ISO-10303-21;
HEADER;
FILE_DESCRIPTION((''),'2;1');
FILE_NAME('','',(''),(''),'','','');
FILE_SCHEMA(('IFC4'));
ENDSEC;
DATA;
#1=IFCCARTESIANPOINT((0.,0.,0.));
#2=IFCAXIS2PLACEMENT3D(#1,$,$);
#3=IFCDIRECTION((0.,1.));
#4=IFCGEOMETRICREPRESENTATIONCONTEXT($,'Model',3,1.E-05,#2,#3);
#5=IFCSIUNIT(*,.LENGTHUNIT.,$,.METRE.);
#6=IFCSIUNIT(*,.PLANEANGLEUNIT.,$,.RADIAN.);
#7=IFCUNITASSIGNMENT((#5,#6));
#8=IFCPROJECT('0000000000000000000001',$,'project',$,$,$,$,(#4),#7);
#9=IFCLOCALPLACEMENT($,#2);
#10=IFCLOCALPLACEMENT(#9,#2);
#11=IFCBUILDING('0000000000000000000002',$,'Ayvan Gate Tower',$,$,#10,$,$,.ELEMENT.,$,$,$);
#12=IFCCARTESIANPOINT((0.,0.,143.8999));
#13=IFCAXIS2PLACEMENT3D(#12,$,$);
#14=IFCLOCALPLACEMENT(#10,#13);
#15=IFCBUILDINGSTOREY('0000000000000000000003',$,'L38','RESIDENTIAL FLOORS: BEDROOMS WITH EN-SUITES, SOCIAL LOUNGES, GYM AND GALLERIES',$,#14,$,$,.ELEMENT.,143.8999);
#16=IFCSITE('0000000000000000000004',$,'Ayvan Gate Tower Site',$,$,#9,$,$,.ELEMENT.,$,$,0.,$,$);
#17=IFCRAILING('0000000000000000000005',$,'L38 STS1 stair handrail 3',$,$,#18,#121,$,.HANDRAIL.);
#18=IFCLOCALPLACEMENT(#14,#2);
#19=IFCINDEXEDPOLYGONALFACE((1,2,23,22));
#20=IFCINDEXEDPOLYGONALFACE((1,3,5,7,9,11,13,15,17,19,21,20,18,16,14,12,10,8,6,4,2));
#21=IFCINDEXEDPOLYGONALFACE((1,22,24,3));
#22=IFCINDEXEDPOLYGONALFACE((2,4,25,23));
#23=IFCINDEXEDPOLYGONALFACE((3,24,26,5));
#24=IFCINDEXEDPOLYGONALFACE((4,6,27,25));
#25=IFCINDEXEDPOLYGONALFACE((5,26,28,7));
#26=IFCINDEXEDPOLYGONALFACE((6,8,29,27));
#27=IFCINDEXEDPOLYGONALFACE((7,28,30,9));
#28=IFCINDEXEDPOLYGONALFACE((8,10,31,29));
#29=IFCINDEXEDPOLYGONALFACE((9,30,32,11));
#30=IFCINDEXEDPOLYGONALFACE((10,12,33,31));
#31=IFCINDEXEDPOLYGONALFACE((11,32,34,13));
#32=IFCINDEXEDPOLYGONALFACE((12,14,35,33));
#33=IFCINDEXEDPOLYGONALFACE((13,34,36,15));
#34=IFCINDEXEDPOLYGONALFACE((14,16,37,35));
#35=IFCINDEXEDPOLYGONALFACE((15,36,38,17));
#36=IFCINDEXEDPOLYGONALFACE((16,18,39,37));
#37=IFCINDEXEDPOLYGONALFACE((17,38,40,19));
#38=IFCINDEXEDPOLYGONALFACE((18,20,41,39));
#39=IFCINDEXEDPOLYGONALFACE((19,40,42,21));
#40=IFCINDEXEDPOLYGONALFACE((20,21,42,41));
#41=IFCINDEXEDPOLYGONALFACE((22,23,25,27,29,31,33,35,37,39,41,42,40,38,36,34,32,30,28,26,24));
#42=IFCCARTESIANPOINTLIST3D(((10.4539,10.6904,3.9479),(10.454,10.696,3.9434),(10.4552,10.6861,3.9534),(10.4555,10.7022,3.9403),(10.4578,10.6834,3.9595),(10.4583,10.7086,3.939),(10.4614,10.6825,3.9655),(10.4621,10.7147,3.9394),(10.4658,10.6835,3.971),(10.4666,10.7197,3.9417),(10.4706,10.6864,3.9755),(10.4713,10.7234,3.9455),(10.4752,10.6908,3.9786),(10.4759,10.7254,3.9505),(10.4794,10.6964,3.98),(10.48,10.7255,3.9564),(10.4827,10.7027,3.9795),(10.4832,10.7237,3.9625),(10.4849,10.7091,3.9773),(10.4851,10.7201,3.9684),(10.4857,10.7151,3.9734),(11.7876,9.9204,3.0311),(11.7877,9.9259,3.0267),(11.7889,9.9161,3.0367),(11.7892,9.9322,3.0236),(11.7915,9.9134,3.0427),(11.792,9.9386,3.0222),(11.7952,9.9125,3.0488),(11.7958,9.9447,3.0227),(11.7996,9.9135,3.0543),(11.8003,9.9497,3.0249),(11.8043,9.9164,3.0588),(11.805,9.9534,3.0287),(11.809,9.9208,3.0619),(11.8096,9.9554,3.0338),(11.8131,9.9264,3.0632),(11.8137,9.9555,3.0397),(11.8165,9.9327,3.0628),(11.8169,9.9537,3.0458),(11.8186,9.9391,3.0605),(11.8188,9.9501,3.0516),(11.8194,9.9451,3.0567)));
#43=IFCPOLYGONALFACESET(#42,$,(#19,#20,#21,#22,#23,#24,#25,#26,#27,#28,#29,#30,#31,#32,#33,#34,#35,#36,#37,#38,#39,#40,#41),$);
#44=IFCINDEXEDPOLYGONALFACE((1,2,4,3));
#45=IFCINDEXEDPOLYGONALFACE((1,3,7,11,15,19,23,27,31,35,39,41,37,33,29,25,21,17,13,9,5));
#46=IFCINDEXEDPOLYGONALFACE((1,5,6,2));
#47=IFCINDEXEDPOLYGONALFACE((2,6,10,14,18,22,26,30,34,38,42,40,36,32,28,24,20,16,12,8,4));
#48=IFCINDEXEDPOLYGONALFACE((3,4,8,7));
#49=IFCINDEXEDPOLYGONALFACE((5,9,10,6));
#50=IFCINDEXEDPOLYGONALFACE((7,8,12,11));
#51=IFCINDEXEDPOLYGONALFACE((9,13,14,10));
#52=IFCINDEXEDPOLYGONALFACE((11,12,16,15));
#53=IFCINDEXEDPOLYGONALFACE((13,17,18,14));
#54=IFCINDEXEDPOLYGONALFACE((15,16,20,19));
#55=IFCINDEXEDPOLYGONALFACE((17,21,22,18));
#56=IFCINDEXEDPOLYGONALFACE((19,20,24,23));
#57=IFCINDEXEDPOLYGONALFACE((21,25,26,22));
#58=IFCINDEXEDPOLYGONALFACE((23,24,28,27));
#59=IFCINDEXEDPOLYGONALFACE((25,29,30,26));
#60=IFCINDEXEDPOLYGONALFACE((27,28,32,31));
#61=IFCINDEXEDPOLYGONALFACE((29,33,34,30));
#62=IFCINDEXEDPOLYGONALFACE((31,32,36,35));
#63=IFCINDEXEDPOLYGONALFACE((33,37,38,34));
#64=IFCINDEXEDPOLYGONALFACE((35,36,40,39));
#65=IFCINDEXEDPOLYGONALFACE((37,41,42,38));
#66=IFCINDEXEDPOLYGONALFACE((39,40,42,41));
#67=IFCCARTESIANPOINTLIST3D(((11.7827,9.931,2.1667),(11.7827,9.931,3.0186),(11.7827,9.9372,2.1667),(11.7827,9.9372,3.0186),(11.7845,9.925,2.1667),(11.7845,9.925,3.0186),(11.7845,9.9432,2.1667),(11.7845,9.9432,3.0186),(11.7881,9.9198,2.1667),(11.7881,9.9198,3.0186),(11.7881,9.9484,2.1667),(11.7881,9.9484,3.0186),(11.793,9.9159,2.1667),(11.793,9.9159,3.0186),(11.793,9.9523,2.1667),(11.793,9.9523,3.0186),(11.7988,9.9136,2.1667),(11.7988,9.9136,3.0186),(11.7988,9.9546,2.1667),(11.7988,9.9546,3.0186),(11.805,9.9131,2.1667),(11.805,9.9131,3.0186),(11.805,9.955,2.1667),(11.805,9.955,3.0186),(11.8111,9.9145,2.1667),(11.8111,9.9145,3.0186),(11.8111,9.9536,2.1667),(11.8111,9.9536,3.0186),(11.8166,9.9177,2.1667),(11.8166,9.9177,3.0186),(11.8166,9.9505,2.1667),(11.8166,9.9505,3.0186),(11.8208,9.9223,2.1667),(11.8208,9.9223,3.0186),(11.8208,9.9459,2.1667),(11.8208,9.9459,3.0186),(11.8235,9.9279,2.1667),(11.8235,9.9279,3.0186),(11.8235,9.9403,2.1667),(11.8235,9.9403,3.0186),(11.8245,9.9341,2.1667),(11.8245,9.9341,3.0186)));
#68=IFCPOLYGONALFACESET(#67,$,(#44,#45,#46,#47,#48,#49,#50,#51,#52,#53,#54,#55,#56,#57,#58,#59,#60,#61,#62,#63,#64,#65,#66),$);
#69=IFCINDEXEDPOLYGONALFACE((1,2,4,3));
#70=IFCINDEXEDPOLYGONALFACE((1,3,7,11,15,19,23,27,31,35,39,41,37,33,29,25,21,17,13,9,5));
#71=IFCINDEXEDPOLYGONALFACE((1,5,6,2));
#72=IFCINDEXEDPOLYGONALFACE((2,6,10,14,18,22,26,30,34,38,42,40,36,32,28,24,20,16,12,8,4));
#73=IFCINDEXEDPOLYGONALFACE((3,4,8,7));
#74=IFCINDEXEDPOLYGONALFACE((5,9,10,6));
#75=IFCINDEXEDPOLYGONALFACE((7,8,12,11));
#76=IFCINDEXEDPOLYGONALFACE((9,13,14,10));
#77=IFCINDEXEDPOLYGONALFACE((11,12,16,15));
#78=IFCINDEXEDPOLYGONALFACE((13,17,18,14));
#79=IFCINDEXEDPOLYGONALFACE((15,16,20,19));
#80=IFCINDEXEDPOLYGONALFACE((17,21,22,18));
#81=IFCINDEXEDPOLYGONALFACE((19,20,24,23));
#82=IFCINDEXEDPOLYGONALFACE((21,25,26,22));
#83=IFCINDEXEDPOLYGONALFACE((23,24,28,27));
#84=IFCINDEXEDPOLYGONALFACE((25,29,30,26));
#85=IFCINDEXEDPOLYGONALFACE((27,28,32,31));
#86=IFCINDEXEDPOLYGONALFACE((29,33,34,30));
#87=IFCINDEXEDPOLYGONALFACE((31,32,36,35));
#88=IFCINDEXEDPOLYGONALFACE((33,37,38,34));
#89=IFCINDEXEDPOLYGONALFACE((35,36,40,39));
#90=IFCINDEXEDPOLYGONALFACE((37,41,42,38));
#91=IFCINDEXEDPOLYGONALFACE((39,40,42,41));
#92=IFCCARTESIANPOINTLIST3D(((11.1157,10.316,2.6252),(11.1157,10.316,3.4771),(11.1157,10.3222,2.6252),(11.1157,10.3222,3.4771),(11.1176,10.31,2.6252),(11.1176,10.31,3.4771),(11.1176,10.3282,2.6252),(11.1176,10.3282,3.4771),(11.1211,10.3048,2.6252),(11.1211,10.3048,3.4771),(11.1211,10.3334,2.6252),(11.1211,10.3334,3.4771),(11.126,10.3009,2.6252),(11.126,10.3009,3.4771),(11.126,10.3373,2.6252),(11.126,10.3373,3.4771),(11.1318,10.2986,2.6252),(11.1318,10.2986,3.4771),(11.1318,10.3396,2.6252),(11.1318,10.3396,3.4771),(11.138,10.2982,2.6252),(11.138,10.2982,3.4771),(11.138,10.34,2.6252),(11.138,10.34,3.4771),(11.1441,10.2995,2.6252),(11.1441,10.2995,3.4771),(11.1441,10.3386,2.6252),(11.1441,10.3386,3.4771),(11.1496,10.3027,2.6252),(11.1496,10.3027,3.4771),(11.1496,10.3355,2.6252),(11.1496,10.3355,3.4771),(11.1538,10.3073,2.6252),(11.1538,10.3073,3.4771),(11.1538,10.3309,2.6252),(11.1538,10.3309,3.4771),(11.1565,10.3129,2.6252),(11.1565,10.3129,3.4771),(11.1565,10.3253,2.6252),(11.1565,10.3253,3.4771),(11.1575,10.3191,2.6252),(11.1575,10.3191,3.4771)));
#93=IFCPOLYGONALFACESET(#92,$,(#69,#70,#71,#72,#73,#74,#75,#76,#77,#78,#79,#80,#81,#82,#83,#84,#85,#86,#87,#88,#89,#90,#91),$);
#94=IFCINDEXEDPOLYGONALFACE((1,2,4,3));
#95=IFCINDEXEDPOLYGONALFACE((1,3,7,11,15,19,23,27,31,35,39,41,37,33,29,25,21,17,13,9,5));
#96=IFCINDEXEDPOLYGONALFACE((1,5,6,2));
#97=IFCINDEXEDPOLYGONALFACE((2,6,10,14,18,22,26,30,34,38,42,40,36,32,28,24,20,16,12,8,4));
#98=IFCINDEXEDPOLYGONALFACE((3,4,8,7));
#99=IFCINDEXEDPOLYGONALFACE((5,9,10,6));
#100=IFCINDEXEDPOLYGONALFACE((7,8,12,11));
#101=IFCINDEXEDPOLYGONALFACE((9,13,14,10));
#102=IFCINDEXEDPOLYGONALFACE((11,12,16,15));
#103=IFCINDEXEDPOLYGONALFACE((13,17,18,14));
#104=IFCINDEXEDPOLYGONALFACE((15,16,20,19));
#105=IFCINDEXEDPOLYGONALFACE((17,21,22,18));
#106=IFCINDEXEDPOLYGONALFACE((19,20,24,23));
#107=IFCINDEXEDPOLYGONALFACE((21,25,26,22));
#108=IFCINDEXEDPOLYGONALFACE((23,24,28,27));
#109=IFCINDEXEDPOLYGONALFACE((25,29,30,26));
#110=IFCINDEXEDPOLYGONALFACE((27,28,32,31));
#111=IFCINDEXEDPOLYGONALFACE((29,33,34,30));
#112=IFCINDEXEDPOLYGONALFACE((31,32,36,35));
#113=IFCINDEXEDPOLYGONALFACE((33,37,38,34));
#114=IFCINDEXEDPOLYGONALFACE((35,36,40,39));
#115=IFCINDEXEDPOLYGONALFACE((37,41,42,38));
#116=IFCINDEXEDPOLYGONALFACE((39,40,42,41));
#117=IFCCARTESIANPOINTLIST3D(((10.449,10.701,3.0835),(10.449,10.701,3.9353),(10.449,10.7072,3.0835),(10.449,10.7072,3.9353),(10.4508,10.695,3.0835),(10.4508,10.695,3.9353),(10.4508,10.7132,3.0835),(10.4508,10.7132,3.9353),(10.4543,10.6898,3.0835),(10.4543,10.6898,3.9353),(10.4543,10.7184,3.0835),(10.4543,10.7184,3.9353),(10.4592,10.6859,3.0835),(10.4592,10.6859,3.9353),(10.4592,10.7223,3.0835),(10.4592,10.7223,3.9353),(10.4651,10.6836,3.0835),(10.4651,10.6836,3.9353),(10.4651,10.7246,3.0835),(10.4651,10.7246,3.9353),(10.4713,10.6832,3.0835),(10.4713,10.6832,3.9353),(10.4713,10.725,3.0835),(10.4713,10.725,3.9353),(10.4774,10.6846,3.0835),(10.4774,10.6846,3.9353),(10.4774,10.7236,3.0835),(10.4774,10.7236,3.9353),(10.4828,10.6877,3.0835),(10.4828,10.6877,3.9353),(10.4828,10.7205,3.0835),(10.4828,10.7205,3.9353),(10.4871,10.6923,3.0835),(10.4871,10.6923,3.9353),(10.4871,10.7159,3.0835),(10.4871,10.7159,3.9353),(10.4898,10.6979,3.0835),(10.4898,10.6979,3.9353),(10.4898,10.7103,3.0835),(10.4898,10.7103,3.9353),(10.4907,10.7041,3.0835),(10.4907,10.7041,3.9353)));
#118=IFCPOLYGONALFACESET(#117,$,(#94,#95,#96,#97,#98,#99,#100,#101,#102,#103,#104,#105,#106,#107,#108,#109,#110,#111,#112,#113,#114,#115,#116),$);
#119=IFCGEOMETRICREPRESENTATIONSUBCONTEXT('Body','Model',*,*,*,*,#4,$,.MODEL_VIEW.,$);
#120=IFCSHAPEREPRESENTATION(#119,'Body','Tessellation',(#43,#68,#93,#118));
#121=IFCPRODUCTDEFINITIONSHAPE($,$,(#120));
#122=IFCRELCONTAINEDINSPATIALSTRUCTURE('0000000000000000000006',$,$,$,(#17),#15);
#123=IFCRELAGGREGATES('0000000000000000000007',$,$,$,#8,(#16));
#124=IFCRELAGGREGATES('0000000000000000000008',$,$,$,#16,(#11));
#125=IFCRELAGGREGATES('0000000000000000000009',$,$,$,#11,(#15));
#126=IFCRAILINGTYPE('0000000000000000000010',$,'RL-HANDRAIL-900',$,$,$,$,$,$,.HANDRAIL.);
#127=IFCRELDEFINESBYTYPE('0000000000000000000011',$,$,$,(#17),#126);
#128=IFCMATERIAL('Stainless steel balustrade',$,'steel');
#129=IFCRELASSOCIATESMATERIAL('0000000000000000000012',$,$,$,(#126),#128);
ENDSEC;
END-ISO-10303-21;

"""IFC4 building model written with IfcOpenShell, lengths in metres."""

from ifc_helpers import new_model, si_unit, direction, frame, origin, origin_2d, place, context, subcontext, project, spatial, circle, extrude, material, type_object, element, save


model = new_model("IFC4")

# Units and contexts
model_context = context("Model", 3, precision=1e-05, world=origin(), true_north=direction((0.0, 1.0)))
body_context = subcontext(model_context, "Body", "Model", "MODEL_VIEW")
ifc_project = project(units=[si_unit("LENGTHUNIT", "METRE"), si_unit("PLANEANGLEUNIT", "RADIAN")], contexts=[model_context])

# Site, building, storey
site_placement = place(None, origin())
site = spatial("IfcSite", under=ifc_project, at=site_placement, Name="Ayvan Gate Tower Site", CompositionType="ELEMENT", RefElevation=0.0)
building_placement = place(site_placement, origin())
building = spatial("IfcBuilding", under=site, at=building_placement, Name="Ayvan Gate Tower", CompositionType="ELEMENT")
storey_placement = place(building_placement, frame((0.0, 0.0, 143.8999)))
storey = spatial("IfcBuildingStorey", under=building, at=storey_placement, Name="L38", Description="RESIDENTIAL FLOORS: BEDROOMS WITH EN-SUITES, SOCIAL LOUNGES, GYM AND GALLERIES", CompositionType="ELEMENT", Elevation=143.8999)

# Railing
ifc_material_1 = material(Name="Stainless steel balustrade", Category="steel")
railing_type_1 = type_object("IfcRailingType", Name="RL-HANDRAIL-900", PredefinedType="HANDRAIL", material=ifc_material_1)
railing_1_placement = place(storey_placement, frame((11.8035, 9.9341, 2.1667)))
element("IfcRailing", 1, at=railing_1_placement, inside=storey, type_object=railing_type_1, Name="L38 STS1 stair handrail 3", PredefinedType="HANDRAIL", context=body_context, shape_type="SweptSolid", body=[
    extrude(circle(Radius=0.0239, at=origin_2d()), frame((0.0, 0.0, 0.876), z_axis=(-0.744164, 0.429634, 0.511502), x_axis=(-0.499992, -0.86603, 0.0)), (0.0, 0.0, 1.0), 1.7922),
    extrude(circle(Radius=0.021, at=origin_2d()), origin(), (0.0, 0.0, 1.0), 0.8518),
    extrude(circle(Radius=0.021, at=origin_2d()), frame((-0.667, 0.385, 0.4585)), (0.0, 0.0, 1.0), 0.8518),
    extrude(circle(Radius=0.021, at=origin_2d()), frame((-1.3337, 0.77, 0.9167)), (0.0, 0.0, 1.0), 0.8518),
])

save(model, "model.ifc")
